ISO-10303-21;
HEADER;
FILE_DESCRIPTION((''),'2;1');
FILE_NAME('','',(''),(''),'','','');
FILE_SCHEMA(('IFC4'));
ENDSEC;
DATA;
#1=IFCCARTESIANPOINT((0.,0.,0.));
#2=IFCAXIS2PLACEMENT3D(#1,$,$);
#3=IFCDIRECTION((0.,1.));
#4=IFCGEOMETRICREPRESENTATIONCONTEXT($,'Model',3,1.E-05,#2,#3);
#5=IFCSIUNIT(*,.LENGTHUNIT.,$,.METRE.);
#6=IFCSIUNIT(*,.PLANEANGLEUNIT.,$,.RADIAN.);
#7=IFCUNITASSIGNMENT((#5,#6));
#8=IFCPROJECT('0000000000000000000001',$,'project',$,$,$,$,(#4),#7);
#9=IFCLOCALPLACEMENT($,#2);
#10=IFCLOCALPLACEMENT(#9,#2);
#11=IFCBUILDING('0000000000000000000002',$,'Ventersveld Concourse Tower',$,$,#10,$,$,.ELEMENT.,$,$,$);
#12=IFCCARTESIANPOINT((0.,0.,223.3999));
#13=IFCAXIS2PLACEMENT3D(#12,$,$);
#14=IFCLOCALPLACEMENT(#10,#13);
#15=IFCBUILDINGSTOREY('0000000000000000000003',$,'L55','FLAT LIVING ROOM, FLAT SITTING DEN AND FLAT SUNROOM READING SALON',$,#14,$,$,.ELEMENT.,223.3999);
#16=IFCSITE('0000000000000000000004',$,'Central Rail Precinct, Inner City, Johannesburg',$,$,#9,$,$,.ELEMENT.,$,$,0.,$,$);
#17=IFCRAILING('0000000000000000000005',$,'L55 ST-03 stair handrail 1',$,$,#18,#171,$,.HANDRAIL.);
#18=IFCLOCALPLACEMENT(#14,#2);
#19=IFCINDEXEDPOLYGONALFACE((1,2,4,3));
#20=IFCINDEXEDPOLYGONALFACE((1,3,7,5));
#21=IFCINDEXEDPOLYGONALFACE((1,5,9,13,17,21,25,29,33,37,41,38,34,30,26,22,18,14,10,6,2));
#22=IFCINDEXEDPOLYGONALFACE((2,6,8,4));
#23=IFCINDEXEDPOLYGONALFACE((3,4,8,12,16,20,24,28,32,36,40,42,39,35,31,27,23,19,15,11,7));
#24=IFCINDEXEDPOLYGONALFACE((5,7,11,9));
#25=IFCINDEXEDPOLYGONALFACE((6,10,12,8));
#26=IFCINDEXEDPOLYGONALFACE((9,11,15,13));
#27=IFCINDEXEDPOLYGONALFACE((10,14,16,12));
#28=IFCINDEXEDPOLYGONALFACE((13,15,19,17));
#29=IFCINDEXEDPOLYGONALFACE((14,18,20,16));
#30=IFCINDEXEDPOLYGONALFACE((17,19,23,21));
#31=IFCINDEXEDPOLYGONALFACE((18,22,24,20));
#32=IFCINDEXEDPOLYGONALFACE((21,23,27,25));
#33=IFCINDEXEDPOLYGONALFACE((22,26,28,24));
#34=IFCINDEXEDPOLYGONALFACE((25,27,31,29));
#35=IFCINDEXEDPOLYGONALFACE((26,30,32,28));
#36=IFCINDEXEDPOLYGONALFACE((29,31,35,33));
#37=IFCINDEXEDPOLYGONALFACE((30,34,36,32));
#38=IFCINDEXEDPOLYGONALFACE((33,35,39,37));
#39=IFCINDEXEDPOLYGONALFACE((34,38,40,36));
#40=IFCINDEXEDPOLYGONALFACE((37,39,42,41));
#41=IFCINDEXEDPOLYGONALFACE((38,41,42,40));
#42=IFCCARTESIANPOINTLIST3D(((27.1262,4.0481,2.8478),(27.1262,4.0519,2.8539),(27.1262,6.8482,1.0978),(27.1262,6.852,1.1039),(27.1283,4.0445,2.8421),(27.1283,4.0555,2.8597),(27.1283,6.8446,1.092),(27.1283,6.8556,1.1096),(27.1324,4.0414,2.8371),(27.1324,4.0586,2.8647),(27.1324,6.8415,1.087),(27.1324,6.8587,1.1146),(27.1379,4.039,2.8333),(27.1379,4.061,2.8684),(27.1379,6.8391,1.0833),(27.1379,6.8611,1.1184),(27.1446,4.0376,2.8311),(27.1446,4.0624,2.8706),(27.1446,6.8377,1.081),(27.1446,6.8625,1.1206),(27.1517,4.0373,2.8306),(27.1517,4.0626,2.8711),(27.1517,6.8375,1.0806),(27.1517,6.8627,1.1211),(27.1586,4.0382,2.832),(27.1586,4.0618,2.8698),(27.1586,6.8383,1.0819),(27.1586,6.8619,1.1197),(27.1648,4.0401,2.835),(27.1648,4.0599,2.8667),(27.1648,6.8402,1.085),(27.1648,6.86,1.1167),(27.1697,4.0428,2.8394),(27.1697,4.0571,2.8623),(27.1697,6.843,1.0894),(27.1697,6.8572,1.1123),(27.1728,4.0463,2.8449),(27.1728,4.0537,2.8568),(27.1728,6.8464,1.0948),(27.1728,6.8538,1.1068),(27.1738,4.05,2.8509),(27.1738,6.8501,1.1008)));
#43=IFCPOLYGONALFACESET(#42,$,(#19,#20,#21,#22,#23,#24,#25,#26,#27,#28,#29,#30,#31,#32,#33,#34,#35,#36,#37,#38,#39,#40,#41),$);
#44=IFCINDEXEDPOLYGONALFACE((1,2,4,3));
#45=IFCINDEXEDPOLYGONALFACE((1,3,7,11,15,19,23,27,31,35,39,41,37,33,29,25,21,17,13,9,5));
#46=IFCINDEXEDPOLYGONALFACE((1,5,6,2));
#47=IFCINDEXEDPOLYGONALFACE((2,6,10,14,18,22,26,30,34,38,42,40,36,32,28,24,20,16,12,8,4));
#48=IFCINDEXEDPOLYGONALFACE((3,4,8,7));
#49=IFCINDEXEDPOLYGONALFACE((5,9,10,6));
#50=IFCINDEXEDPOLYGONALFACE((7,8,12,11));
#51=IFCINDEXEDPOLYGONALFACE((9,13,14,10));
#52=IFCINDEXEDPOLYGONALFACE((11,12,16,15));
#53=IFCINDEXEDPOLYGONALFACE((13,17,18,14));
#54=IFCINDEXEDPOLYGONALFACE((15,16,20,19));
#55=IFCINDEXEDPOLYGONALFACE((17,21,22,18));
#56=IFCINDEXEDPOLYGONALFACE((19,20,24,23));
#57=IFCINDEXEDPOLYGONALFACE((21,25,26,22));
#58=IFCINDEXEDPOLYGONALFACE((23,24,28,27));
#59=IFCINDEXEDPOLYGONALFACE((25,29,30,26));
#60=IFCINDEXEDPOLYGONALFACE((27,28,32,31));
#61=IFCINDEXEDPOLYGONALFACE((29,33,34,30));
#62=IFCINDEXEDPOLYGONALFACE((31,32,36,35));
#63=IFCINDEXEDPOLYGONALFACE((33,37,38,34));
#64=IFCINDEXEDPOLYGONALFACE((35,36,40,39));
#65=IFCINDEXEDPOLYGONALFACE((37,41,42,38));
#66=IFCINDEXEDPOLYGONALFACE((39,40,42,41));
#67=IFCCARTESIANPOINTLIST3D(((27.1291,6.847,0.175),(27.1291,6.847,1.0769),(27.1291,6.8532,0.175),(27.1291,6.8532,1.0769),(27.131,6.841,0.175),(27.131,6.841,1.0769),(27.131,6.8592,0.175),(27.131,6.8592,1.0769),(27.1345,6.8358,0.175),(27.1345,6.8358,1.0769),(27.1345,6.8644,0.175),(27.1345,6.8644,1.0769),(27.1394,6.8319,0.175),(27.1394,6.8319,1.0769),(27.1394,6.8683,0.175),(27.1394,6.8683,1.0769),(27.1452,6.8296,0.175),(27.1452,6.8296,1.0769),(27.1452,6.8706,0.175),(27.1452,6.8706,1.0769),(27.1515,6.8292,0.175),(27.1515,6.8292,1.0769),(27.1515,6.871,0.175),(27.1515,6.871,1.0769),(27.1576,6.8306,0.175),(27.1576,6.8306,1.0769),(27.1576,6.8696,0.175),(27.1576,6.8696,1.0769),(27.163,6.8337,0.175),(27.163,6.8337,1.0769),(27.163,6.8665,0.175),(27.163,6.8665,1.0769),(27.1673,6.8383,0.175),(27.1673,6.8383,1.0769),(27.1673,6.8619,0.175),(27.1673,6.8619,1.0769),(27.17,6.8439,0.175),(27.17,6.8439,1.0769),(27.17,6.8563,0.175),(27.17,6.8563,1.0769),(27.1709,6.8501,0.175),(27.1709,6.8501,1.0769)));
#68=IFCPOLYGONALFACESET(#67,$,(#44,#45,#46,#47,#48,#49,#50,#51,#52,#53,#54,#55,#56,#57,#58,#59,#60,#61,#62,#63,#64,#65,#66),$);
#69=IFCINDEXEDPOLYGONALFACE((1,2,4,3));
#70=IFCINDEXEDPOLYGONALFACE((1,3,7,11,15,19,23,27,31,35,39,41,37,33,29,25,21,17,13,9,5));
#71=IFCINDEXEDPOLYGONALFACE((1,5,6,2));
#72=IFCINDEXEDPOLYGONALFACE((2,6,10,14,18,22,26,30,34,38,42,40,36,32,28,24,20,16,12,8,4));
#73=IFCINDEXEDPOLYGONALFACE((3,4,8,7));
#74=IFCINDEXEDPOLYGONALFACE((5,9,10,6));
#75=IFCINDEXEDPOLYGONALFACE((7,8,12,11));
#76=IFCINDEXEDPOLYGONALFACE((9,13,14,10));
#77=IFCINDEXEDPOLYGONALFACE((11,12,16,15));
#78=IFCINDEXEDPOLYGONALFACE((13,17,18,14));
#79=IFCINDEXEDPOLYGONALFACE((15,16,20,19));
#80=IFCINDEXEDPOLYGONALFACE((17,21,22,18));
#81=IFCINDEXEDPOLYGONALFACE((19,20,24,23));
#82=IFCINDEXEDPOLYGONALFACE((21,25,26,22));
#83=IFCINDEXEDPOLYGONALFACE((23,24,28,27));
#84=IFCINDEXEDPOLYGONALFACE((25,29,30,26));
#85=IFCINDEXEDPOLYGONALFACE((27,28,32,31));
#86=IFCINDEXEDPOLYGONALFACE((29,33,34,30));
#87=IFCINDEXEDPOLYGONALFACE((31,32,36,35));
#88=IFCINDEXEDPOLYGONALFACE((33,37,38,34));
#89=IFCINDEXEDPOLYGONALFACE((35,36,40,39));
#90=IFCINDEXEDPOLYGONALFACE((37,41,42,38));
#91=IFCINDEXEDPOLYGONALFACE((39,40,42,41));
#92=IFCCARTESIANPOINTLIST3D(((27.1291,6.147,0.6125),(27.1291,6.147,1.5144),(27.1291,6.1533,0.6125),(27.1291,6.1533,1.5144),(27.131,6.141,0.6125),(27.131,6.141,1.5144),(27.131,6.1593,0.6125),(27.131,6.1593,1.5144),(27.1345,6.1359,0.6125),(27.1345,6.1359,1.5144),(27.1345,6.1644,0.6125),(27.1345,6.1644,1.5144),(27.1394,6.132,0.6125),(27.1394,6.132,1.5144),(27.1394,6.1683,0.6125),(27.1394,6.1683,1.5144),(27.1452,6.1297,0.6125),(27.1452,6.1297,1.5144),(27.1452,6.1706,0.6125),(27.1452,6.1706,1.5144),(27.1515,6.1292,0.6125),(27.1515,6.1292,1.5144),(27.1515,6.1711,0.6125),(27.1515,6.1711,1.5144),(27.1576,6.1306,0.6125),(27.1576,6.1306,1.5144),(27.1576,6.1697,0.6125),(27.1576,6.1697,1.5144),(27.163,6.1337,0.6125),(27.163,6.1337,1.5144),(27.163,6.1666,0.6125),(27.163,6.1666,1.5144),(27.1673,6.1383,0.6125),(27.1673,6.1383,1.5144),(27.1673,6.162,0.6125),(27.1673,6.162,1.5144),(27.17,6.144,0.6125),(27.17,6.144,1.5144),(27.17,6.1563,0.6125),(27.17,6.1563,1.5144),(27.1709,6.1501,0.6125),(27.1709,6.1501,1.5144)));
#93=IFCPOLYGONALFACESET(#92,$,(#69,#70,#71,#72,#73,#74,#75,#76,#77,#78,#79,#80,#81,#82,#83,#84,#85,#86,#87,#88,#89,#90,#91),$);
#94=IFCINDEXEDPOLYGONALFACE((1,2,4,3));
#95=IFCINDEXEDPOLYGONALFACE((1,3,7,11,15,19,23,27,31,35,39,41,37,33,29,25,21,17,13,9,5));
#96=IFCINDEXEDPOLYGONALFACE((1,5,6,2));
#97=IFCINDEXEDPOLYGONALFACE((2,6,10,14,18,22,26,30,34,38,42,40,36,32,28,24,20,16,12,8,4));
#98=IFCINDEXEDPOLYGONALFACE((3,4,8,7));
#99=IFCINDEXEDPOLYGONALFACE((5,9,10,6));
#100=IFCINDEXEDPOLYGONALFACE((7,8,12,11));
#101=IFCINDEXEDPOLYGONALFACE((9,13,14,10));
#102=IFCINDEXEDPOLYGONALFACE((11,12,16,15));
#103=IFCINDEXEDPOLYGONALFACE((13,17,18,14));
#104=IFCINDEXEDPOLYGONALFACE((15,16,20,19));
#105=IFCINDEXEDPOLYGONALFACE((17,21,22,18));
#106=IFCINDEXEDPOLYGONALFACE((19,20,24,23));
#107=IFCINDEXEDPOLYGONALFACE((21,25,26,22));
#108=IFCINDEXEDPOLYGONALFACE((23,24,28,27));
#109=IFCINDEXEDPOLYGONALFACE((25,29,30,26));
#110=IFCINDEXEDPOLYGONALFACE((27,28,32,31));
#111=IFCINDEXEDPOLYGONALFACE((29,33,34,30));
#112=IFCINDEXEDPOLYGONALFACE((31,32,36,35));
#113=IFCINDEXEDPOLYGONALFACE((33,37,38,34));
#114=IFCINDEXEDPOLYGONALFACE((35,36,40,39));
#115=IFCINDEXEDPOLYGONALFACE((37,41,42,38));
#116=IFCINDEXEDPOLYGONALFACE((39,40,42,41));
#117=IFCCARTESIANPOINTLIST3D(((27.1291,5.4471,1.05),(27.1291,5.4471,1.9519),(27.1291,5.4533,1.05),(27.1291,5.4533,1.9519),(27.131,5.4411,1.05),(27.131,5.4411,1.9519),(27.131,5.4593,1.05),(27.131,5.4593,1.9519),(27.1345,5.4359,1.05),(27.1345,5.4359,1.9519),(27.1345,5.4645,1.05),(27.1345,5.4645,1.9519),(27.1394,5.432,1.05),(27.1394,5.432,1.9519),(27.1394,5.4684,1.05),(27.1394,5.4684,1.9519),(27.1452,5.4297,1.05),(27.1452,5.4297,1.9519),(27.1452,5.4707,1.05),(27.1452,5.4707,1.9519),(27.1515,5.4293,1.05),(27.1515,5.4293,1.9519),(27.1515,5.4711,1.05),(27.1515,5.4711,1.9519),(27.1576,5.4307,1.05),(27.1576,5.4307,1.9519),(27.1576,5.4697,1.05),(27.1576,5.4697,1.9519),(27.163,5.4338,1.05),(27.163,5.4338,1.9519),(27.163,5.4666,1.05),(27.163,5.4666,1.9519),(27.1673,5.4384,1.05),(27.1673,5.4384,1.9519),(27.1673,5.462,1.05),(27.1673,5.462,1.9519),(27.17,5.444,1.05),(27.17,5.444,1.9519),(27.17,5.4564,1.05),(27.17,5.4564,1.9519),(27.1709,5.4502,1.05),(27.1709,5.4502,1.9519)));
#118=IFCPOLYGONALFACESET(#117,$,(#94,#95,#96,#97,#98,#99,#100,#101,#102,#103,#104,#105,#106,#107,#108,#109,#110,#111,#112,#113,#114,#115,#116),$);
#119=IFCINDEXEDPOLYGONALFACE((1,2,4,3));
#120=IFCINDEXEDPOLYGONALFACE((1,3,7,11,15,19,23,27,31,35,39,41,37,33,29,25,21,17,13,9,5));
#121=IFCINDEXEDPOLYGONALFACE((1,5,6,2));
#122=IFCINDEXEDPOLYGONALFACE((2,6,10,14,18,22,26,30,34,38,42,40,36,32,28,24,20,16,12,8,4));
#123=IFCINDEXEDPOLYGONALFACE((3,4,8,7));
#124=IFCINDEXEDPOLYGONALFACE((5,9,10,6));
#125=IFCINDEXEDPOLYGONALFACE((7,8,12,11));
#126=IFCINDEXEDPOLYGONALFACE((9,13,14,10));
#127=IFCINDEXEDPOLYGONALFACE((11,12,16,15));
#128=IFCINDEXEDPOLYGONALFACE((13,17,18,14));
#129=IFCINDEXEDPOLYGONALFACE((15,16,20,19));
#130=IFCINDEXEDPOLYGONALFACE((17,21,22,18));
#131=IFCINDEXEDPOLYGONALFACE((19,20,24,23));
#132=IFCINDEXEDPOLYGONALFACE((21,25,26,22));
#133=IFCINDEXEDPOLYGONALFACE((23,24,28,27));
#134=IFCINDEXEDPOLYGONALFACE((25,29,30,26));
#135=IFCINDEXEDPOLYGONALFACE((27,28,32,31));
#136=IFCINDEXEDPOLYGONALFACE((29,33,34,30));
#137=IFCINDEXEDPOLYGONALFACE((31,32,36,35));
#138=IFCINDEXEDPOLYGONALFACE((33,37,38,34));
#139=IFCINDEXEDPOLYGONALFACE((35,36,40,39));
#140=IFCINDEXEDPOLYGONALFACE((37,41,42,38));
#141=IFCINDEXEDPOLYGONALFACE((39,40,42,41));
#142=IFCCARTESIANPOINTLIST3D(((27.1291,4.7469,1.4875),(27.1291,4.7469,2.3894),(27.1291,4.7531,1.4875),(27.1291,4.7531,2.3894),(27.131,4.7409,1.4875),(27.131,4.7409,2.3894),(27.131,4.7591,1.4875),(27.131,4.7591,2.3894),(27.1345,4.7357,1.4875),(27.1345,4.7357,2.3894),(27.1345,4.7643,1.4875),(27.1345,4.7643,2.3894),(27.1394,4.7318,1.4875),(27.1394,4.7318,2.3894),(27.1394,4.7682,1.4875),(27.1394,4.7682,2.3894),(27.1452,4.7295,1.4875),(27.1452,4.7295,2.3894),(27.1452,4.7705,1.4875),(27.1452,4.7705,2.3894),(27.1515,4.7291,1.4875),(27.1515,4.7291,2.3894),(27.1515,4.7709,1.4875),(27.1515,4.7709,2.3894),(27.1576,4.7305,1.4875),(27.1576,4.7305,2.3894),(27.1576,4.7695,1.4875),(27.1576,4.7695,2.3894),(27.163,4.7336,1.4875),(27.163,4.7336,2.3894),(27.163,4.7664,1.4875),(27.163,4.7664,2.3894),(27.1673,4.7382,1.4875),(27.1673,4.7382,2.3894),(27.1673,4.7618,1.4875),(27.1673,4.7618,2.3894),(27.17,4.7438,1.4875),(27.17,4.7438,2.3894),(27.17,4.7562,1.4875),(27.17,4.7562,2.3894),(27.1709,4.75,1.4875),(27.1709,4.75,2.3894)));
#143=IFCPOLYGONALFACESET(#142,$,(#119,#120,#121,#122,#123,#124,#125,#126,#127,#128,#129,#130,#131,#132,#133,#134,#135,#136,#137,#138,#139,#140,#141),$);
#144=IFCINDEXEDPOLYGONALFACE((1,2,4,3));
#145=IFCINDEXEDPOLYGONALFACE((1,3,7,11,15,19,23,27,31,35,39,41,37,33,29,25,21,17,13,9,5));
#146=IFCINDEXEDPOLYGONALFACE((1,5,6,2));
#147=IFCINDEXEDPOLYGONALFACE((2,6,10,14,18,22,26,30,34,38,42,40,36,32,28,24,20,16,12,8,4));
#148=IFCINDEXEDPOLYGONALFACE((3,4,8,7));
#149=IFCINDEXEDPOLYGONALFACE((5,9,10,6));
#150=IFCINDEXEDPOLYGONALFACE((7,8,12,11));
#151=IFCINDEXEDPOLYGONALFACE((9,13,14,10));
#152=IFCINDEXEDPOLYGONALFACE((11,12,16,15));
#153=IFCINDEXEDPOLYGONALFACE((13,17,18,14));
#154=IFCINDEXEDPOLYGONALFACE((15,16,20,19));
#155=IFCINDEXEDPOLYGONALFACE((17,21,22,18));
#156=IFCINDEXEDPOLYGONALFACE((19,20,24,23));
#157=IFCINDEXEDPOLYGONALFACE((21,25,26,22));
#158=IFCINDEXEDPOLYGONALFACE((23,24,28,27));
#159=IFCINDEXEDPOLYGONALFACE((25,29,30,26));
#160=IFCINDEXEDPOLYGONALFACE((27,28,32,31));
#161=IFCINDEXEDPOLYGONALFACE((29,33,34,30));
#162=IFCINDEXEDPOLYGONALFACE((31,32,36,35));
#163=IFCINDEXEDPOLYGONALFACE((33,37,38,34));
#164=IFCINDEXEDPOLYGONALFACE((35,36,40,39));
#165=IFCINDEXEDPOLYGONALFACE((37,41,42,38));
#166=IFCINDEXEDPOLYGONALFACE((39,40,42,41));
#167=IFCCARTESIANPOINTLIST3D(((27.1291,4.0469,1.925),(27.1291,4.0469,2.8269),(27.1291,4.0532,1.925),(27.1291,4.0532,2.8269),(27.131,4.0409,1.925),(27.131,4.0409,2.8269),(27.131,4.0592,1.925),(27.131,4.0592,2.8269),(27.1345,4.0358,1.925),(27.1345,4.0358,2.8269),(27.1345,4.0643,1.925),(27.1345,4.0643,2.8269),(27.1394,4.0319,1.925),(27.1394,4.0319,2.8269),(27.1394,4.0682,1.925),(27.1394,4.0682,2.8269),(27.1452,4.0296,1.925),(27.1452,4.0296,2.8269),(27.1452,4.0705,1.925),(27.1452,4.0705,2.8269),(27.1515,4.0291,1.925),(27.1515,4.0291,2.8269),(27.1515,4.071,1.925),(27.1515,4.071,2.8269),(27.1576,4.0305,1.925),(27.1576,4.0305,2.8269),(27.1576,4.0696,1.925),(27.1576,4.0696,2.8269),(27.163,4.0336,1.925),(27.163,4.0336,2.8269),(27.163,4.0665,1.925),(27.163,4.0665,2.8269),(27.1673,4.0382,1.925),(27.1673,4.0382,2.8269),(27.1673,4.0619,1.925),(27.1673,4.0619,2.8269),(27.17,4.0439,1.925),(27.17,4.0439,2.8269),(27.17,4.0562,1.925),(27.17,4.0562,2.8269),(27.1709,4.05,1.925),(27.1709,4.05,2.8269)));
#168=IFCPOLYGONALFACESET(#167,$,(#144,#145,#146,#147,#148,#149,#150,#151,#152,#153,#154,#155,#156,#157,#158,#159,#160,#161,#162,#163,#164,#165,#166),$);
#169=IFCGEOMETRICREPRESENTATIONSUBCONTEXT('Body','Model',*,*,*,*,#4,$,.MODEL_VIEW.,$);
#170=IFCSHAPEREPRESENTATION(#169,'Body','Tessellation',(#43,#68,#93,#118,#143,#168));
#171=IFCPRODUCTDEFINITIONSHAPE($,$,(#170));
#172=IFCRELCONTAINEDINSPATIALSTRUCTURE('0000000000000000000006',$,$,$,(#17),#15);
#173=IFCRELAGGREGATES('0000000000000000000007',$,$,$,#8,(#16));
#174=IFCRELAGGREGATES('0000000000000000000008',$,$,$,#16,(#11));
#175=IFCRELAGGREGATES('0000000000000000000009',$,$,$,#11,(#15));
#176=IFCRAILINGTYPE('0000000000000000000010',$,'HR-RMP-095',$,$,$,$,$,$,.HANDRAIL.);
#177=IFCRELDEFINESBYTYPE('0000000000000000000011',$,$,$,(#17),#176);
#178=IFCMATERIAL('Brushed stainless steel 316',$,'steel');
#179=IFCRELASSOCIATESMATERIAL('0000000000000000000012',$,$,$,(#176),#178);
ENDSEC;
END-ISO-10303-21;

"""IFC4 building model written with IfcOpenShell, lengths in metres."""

from ifc_helpers import new_model, si_unit, direction, frame, origin, origin_2d, place, context, subcontext, project, spatial, circle, extrude, material, type_object, element, save


model = new_model("IFC4")

# Units and contexts
model_context = context("Model", 3, precision=1e-05, world=origin(), true_north=direction((0.0, 1.0)))
body_context = subcontext(model_context, "Body", "Model", "MODEL_VIEW")
ifc_project = project(units=[si_unit("LENGTHUNIT", "METRE"), si_unit("PLANEANGLEUNIT", "RADIAN")], contexts=[model_context])

# Site, building, storey
site_placement = place(None, origin())
site = spatial("IfcSite", under=ifc_project, at=site_placement, Name="Central Rail Precinct, Inner City, Johannesburg", CompositionType="ELEMENT", RefElevation=0.0)
building_placement = place(site_placement, origin())
building = spatial("IfcBuilding", under=site, at=building_placement, Name="Ventersveld Concourse Tower", CompositionType="ELEMENT")
storey_placement = place(building_placement, frame((0.0, 0.0, 223.3999)))
storey = spatial("IfcBuildingStorey", under=building, at=storey_placement, Name="L55", Description="FLAT LIVING ROOM, FLAT SITTING DEN AND FLAT SUNROOM READING SALON", CompositionType="ELEMENT", Elevation=223.3999)

# Shared definitions
ifc_material_1 = material(Name="Brushed stainless steel 316", Category="steel")

# Railing
railing_type_1 = type_object("IfcRailingType", Name="HR-RMP-095", PredefinedType="HANDRAIL", material=ifc_material_1)
railing_1_placement = place(storey_placement, frame((27.1499, 6.8501, 0.175)))
element("IfcRailing", 1, at=railing_1_placement, inside=storey, type_object=railing_type_1, Name="L55 ST-03 stair handrail 1", PredefinedType="HANDRAIL", context=body_context, shape_type="SweptSolid", body=[
    extrude(circle(Radius=0.0239, at=origin_2d()), frame((0.0, 0.0, 0.9258), z_axis=(0.0, -0.848002, 0.529992), x_axis=(1.0, 0.0, 0.0)), (0.0, 0.0, 1.0), 3.302),
    extrude(circle(Radius=0.021, at=origin_2d()), origin(), (0.0, 0.0, 1.0), 0.9019),
    extrude(circle(Radius=0.021, at=origin_2d()), frame((0.0, -0.7, 0.4375)), (0.0, 0.0, 1.0), 0.9019),
    extrude(circle(Radius=0.021, at=origin_2d()), frame((0.0, -1.3999, 0.875)), (0.0, 0.0, 1.0), 0.9019),
    extrude(circle(Radius=0.021, at=origin_2d()), frame((0.0, -2.1001, 1.3125)), (0.0, 0.0, 1.0), 0.9019),
    extrude(circle(Radius=0.021, at=origin_2d()), frame((0.0, -2.8, 1.75)), (0.0, 0.0, 1.0), 0.9019),
])

save(model, "model.ifc")
